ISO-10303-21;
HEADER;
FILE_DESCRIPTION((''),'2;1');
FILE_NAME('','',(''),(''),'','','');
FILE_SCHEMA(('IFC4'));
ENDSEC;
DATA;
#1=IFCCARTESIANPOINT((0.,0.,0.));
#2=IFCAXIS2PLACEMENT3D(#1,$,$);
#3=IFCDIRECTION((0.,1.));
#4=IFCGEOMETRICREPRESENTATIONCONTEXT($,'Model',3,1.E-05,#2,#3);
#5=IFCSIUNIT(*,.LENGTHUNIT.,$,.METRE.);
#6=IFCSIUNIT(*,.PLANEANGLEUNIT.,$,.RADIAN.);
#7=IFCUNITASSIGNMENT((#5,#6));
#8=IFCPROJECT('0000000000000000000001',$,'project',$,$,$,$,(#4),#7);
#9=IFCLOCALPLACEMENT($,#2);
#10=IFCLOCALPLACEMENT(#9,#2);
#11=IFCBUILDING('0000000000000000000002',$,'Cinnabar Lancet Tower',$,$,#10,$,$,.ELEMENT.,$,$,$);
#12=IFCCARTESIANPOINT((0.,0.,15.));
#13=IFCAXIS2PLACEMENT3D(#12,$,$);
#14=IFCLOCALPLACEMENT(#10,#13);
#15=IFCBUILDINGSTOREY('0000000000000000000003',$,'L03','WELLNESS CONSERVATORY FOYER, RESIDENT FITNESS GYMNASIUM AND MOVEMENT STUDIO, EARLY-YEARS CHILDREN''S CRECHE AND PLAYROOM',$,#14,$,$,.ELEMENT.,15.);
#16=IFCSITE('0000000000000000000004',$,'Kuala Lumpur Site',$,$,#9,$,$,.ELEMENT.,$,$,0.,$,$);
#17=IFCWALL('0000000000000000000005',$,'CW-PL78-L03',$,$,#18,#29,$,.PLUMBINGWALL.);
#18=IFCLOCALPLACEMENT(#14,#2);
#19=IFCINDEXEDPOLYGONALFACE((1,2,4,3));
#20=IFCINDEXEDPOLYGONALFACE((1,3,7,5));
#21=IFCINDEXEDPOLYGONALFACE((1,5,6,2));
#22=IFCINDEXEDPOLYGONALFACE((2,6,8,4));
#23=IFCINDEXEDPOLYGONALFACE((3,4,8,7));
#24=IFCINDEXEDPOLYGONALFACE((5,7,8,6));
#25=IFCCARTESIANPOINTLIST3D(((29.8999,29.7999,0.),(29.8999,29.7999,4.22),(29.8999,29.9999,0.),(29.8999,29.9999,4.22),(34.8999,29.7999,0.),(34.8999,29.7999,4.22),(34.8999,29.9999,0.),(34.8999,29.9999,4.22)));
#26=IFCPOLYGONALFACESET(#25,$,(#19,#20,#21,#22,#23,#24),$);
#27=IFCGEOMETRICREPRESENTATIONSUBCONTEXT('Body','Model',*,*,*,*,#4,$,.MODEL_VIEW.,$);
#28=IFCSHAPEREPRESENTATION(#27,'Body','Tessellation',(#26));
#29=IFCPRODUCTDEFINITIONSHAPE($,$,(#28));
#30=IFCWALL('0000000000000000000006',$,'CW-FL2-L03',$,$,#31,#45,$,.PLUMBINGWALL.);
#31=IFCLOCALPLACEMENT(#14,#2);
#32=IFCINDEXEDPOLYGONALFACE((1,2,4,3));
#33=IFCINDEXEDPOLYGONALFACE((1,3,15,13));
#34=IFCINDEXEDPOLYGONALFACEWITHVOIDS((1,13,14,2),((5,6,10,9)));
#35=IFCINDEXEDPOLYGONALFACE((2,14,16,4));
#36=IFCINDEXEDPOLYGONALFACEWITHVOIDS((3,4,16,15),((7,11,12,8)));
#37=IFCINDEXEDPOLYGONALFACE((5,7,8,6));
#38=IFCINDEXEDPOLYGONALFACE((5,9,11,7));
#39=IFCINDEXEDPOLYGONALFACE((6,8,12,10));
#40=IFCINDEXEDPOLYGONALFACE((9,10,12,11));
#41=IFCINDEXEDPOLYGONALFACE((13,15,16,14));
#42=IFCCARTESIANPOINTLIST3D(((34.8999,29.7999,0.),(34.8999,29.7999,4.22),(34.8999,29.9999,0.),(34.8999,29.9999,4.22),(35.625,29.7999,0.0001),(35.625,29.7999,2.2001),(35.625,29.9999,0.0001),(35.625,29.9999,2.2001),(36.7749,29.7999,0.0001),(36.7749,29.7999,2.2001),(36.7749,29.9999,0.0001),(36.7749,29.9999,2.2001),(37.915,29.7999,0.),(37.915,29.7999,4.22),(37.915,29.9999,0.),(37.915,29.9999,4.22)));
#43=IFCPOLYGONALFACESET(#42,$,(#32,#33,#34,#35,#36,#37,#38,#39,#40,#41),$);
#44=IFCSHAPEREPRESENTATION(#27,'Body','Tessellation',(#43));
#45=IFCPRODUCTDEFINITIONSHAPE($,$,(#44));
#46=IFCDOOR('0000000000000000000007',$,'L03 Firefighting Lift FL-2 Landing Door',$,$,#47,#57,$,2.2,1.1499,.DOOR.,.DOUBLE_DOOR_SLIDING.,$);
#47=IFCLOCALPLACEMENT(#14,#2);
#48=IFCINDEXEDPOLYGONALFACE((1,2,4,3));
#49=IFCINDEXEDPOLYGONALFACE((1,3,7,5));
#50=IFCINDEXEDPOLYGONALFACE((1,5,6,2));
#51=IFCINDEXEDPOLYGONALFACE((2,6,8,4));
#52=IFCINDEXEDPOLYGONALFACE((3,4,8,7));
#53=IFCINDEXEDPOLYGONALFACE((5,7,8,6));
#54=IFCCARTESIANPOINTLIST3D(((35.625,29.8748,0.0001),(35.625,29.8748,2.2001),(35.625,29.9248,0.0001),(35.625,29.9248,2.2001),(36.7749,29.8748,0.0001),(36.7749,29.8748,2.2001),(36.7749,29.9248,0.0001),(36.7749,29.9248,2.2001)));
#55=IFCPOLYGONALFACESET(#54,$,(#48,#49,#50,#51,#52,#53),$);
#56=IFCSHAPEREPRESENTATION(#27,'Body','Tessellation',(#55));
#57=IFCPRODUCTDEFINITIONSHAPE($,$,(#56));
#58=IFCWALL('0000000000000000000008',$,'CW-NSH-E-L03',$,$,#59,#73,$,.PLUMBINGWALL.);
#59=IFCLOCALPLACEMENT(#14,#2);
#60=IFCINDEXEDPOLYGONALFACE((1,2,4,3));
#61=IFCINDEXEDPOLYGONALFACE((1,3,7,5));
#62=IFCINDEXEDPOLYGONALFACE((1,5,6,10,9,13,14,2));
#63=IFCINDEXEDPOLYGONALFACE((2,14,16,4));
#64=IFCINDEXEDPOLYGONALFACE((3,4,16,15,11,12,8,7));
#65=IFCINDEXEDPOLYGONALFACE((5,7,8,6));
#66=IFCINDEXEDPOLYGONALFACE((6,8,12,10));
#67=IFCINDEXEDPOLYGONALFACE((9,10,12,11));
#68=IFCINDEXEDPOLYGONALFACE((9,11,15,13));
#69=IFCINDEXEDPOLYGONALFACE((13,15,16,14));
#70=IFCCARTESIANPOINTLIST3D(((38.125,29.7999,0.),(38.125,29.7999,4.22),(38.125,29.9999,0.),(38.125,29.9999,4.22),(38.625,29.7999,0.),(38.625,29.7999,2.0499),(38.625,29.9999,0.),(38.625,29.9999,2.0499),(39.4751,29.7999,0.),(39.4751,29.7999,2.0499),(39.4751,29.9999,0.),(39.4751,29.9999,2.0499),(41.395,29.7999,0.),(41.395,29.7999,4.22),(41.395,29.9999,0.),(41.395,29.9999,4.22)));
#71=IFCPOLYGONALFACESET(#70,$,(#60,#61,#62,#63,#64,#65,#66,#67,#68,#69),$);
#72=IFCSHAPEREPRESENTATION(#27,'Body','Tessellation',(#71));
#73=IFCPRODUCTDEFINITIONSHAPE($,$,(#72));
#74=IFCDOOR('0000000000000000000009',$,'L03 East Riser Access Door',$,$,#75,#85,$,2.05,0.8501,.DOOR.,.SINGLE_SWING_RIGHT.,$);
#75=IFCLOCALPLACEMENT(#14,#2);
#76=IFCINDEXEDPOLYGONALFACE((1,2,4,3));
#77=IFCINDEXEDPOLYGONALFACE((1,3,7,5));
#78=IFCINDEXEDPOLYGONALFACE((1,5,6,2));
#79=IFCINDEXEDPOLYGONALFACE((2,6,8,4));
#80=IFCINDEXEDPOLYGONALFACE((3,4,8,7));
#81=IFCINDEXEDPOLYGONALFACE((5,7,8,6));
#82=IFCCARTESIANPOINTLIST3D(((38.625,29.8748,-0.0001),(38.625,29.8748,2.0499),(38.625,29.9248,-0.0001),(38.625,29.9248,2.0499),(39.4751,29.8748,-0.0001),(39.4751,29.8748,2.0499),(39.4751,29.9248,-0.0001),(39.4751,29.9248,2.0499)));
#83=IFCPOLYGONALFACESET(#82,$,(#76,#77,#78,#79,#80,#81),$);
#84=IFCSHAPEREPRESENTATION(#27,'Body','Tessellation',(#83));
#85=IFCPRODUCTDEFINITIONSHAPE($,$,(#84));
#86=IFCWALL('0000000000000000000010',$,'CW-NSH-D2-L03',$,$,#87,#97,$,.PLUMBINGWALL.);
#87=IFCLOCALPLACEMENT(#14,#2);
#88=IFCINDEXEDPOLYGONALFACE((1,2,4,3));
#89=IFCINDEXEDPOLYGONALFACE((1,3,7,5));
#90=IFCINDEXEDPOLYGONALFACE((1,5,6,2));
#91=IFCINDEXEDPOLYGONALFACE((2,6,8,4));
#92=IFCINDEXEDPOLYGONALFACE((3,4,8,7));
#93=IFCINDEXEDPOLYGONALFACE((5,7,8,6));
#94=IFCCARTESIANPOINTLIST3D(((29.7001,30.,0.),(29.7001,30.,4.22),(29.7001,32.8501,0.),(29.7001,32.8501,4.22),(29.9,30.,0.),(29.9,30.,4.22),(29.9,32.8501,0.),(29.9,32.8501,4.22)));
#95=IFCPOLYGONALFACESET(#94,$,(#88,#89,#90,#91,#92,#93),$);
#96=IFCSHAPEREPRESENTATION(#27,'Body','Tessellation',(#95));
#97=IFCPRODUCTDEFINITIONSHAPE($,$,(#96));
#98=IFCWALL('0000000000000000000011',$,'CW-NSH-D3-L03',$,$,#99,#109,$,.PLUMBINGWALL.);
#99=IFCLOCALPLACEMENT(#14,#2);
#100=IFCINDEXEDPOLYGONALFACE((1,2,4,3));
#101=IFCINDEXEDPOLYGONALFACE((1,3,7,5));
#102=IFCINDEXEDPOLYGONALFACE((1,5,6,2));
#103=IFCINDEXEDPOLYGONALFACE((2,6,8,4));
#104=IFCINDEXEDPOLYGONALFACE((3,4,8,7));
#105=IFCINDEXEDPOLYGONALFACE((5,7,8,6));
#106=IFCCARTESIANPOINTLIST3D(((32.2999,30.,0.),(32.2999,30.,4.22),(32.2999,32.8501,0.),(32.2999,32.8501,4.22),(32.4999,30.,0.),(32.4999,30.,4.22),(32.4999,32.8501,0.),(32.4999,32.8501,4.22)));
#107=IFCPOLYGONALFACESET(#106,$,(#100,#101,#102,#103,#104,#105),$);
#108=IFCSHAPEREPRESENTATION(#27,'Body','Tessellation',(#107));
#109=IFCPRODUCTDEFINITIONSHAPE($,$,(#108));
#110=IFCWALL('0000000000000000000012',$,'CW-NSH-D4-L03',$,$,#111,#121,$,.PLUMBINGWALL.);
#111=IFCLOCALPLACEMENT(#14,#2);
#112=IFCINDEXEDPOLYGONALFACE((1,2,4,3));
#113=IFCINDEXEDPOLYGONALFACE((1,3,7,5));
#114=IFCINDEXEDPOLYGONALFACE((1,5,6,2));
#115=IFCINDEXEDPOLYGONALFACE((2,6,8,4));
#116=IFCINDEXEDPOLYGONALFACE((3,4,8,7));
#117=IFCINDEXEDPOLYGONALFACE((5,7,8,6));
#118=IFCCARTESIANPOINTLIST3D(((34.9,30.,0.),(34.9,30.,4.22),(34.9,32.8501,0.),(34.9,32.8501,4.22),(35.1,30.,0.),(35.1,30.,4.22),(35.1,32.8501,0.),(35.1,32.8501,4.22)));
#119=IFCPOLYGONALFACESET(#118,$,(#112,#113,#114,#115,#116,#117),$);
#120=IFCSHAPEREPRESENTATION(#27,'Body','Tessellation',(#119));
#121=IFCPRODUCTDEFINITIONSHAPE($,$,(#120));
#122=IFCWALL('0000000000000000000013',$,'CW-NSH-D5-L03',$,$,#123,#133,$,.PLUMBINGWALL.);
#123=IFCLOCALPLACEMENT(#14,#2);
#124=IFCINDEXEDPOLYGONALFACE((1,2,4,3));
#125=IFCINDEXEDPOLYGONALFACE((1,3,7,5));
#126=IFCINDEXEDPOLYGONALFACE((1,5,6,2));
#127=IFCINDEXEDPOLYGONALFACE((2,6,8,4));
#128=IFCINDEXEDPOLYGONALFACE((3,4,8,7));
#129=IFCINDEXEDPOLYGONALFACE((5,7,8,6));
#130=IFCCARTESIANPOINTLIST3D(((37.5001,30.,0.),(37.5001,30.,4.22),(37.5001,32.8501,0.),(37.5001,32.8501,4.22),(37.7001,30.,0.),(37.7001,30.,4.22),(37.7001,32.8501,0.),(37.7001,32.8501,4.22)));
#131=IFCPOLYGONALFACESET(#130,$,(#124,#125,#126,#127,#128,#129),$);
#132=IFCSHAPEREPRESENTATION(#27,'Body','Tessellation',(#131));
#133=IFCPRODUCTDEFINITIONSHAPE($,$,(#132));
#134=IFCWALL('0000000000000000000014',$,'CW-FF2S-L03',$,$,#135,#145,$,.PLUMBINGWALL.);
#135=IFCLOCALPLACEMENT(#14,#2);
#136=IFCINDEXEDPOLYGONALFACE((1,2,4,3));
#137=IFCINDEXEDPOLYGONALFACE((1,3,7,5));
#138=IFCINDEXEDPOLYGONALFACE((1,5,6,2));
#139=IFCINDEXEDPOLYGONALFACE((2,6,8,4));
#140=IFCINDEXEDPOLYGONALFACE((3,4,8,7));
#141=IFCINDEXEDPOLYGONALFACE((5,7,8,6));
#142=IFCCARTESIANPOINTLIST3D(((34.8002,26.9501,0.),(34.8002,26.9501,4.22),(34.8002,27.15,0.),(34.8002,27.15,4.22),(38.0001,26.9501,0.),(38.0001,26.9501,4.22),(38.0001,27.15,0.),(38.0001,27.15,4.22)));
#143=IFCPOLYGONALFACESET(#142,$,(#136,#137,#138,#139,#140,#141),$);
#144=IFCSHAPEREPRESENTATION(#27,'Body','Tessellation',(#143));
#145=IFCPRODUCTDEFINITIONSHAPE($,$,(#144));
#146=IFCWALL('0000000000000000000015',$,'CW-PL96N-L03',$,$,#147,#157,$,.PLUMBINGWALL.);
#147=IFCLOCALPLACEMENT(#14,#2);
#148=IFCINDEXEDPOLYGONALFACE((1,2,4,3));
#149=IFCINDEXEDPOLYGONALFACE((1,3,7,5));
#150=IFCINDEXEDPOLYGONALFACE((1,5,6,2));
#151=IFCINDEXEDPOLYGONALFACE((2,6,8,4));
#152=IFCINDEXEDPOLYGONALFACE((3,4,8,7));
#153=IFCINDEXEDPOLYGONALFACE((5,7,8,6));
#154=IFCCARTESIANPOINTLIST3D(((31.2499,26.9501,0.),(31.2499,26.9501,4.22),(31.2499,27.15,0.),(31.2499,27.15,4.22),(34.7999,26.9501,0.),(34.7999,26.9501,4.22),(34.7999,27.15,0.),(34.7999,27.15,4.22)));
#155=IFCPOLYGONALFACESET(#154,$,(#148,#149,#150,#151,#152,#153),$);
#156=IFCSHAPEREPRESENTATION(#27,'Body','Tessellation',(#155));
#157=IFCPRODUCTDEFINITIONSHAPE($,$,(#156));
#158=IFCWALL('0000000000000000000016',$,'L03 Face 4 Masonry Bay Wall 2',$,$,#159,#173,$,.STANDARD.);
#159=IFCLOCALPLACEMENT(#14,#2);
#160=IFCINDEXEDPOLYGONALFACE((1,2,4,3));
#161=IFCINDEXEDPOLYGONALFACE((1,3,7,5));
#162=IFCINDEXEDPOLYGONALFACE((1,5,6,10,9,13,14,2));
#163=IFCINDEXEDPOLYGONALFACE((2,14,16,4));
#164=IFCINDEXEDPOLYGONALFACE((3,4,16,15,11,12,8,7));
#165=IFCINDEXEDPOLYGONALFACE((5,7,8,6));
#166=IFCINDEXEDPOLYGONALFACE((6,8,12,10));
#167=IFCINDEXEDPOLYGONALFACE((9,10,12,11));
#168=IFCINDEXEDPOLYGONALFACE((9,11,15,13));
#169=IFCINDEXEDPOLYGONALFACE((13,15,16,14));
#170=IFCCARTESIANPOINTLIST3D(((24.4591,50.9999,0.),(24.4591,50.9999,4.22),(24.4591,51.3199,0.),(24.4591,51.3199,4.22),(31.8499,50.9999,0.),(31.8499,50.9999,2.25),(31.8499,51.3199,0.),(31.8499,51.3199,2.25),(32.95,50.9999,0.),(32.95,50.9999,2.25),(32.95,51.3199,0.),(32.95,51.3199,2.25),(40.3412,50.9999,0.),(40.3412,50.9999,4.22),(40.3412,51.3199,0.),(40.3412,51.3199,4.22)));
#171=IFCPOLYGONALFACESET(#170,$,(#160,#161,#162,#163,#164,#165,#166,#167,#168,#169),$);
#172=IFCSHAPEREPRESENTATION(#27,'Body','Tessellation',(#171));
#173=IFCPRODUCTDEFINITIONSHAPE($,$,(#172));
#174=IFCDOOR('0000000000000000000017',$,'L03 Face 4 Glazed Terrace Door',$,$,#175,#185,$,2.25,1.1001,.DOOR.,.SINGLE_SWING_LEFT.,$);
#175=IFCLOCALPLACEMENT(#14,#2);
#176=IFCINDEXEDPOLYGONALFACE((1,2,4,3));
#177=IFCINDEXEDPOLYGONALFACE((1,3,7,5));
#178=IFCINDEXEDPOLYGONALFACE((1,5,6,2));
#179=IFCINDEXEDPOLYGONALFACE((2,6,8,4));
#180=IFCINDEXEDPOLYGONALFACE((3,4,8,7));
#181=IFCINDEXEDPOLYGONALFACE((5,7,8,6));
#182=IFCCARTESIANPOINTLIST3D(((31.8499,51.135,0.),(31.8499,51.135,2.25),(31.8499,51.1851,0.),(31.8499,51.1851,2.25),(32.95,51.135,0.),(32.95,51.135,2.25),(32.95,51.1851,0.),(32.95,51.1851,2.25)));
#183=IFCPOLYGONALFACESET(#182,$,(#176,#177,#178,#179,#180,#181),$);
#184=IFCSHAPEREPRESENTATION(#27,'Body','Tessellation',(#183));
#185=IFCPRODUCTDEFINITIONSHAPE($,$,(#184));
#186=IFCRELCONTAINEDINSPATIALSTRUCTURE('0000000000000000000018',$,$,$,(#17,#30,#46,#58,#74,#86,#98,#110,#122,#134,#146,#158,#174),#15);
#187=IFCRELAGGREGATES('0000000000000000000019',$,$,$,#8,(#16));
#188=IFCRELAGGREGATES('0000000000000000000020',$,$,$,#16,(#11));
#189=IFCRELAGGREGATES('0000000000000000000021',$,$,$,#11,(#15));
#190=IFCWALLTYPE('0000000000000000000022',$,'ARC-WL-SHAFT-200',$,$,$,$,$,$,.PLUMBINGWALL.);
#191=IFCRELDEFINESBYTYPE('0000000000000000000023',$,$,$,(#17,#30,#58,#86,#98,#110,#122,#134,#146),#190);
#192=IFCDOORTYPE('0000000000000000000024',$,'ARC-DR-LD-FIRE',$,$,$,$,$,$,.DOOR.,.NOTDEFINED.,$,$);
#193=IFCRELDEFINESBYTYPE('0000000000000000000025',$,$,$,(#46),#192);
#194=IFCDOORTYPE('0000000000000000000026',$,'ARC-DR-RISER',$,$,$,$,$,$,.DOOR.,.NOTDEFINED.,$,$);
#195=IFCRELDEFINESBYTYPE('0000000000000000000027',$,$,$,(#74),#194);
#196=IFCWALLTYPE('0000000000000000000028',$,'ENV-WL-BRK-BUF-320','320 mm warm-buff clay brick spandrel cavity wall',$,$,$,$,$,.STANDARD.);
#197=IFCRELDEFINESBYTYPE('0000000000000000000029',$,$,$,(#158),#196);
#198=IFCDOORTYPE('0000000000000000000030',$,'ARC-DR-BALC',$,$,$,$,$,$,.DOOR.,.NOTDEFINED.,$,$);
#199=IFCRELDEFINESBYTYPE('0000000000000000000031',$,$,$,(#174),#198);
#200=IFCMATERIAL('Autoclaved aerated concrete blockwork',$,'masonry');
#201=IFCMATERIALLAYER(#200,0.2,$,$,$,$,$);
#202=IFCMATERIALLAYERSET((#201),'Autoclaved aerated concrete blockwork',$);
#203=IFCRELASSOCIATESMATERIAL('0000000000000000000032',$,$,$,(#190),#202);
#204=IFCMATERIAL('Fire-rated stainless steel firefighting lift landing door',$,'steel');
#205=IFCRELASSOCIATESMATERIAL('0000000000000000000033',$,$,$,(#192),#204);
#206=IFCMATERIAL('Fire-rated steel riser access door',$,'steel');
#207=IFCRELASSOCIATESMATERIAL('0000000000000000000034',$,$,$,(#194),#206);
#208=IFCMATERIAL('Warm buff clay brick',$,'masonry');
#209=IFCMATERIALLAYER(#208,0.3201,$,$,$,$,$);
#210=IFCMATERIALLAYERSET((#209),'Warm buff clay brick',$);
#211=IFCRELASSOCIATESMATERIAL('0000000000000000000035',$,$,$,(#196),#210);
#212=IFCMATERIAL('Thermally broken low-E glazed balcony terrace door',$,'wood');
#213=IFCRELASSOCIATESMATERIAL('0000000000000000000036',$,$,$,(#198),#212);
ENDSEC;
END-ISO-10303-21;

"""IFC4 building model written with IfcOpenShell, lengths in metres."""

from ifc_helpers import new_model, si_unit, direction, frame, frame_2d, origin, place, context, subcontext, project, spatial, rectangle, extrude, material, layer, layer_set, type_object, element, fill, save


model = new_model("IFC4")

# Units and contexts
model_context = context("Model", 3, precision=1e-05, world=origin(), true_north=direction((0.0, 1.0)))
body_context = subcontext(model_context, "Body", "Model", "MODEL_VIEW")
ifc_project = project(units=[si_unit("LENGTHUNIT", "METRE"), si_unit("PLANEANGLEUNIT", "RADIAN")], contexts=[model_context])

# Site, building, storey
site_placement = place(None, origin())
site = spatial("IfcSite", under=ifc_project, at=site_placement, Name="Kuala Lumpur Site", CompositionType="ELEMENT", RefElevation=0.0)
building_placement = place(site_placement, origin())
building = spatial("IfcBuilding", under=site, at=building_placement, Name="Cinnabar Lancet Tower", CompositionType="ELEMENT")
storey_placement = place(building_placement, frame((0.0, 0.0, 15.0)))
storey = spatial("IfcBuildingStorey", under=building, at=storey_placement, Name="L03", Description="WELLNESS CONSERVATORY FOYER, RESIDENT FITNESS GYMNASIUM AND MOVEMENT STUDIO, EARLY-YEARS CHILDREN'S CRECHE AND PLAYROOM", CompositionType="ELEMENT", Elevation=15.0)

# Wall
ifc_material_1 = material(Name="Autoclaved aerated concrete blockwork", Category="masonry")
ifc_layer_1 = layer(ifc_material_1, 0.2)
ifc_layer_set_1 = layer_set([ifc_layer_1], Name="Autoclaved aerated concrete blockwork")
wall_type_1 = type_object("IfcWallType", Name="ARC-WL-SHAFT-200", PredefinedType="PLUMBINGWALL", material=ifc_layer_set_1)
wall_1_placement = place(storey_placement, frame((29.8999, 29.8999, 0.0), z_axis=(0.0, 0.0, 1.0), x_axis=(1.0, 0.0, 0.0)))
element("IfcWall", 1, at=wall_1_placement, inside=storey, type_object=wall_type_1, Name="CW-PL78-L03", PredefinedType="PLUMBINGWALL", context=body_context, shape_type="SweptSolid", body=[
    extrude(rectangle(XDim=5.0, YDim=0.2, at=frame_2d((2.5, 0.0))), origin(), (0.0, 0.0, 1.0), 4.22),
])

# Walls, openings, doors
wall_2_placement = place(storey_placement, frame((34.8999, 29.8999, 0.0), z_axis=(0.0, 0.0, 1.0), x_axis=(1.0, 0.0, 0.0)))
wall_2 = element("IfcWall", 2, at=wall_2_placement, inside=storey, type_object=wall_type_1, Name="CW-FL2-L03", PredefinedType="PLUMBINGWALL", context=body_context, shape_type="SweptSolid", body=[
    extrude(rectangle(XDim=3.0151, YDim=0.2, at=frame_2d((1.5076, 0.0))), origin(), (0.0, 0.0, 1.0), 4.22),
])
opening_1_placement = place(wall_2_placement, frame((0.7251, 0.0, 0.0)))
opening_1 = element("IfcOpeningElement", 3, at=opening_1_placement, cuts=wall_2, PredefinedType="OPENING", context=body_context, shape_type="SweptSolid", body=[
    extrude(rectangle(XDim=1.1499, YDim=2.2, at=frame_2d((0.575, 1.1001))), frame((0.0, 0.1099, 0.0), z_axis=(0.0, -1.0, 0.0), x_axis=(1.0, 0.0, 0.0)), (0.0, 0.0, 1.0), 0.22),
])
ifc_material_2 = material(Name="Fire-rated stainless steel firefighting lift landing door", Category="steel")
door_type_1 = type_object("IfcDoorType", Name="ARC-DR-LD-FIRE", OperationType="NOTDEFINED", PredefinedType="DOOR", material=ifc_material_2)
door_1_placement = place(opening_1_placement, origin())
door_1 = element("IfcDoor", 4, at=door_1_placement, inside=storey, type_object=door_type_1, Name="L03 Firefighting Lift FL-2 Landing Door", OperationType="DOUBLE_DOOR_SLIDING", OverallHeight=2.2, OverallWidth=1.1499, PredefinedType="DOOR", context=body_context, shape_type="SweptSolid", body=[
    extrude(rectangle(XDim=1.1499, YDim=2.2, at=frame_2d((0.575, 1.1001))), frame((0.0, 0.0249, 0.0), z_axis=(0.0, -1.0, 0.0), x_axis=(1.0, 0.0, 0.0)), (0.0, 0.0, 1.0), 0.05),
])
fill(opening_1, door_1)
wall_3_placement = place(storey_placement, frame((38.125, 29.8999, 0.0), z_axis=(0.0, 0.0, 1.0), x_axis=(1.0, 0.0, 0.0)))
wall_3 = element("IfcWall", 5, at=wall_3_placement, inside=storey, type_object=wall_type_1, Name="CW-NSH-E-L03", PredefinedType="PLUMBINGWALL", context=body_context, shape_type="SweptSolid", body=[
    extrude(rectangle(XDim=3.27, YDim=0.2, at=frame_2d((1.635, 0.0))), origin(), (0.0, 0.0, 1.0), 4.22),
])
opening_2_placement = place(wall_3_placement, frame((0.5, 0.0, 0.0)))
opening_2 = element("IfcOpeningElement", 6, at=opening_2_placement, cuts=wall_3, PredefinedType="OPENING", context=body_context, shape_type="SweptSolid", body=[
    extrude(rectangle(XDim=0.8501, YDim=2.05, at=frame_2d((0.425, 1.0249))), frame((0.0, 0.1099, 0.0), z_axis=(0.0, -1.0, 0.0), x_axis=(1.0, 0.0, 0.0)), (0.0, 0.0, 1.0), 0.22),
])
ifc_material_3 = material(Name="Fire-rated steel riser access door", Category="steel")
door_type_2 = type_object("IfcDoorType", Name="ARC-DR-RISER", OperationType="NOTDEFINED", PredefinedType="DOOR", material=ifc_material_3)
door_2_placement = place(opening_2_placement, origin())
door_2 = element("IfcDoor", 7, at=door_2_placement, inside=storey, type_object=door_type_2, Name="L03 East Riser Access Door", OperationType="SINGLE_SWING_RIGHT", OverallHeight=2.05, OverallWidth=0.8501, PredefinedType="DOOR", context=body_context, shape_type="SweptSolid", body=[
    extrude(rectangle(XDim=0.8501, YDim=2.05, at=frame_2d((0.425, 1.0249))), frame((0.0, 0.0249, 0.0), z_axis=(0.0, -1.0, 0.0), x_axis=(1.0, 0.0, 0.0)), (0.0, 0.0, 1.0), 0.05),
])
fill(opening_2, door_2)

# Walls
for number, where, z_axis, x_axis, name in (
    (8, (29.8, 30.0, 0.0), (0.0, 0.0, 1.0), (0.0, 1.0, 0.0), "CW-NSH-D2-L03"),
    (9, (32.3999, 30.0, 0.0), (0.0, 0.0, 1.0), (0.0, 1.0, 0.0), "CW-NSH-D3-L03"),
    (10, (35.0, 30.0, 0.0), (0.0, 0.0, 1.0), (0.0, 1.0, 0.0), "CW-NSH-D4-L03"),
    (11, (37.6001, 30.0, 0.0), (0.0, 0.0, 1.0), (0.0, 1.0, 0.0), "CW-NSH-D5-L03"),
):
    element("IfcWall", number, at=place(storey_placement, frame(where, z_axis=z_axis, x_axis=x_axis)), inside=storey, type_object=wall_type_1, Name=name, PredefinedType="PLUMBINGWALL", context=body_context, shape_type="SweptSolid", body=[
        extrude(rectangle(XDim=2.8501, YDim=0.2, at=frame_2d((1.425, 0.0))), origin(), (0.0, 0.0, 1.0), 4.22),
    ])

# Walls
wall_4_placement = place(storey_placement, frame((34.8, 27.05, 0.0), z_axis=(0.0, 0.0, 1.0), x_axis=(1.0, 0.0, 0.0)))
element("IfcWall", 12, at=wall_4_placement, inside=storey, type_object=wall_type_1, Name="CW-FF2S-L03", PredefinedType="PLUMBINGWALL", context=body_context, shape_type="SweptSolid", body=[
    extrude(rectangle(XDim=3.2, YDim=0.2, at=frame_2d((1.6001, 0.0))), origin(), (0.0, 0.0, 1.0), 4.22),
])
wall_5_placement = place(storey_placement, frame((31.25, 27.05, 0.0), z_axis=(0.0, 0.0, 1.0), x_axis=(1.0, 0.0, 0.0)))
element("IfcWall", 13, at=wall_5_placement, inside=storey, type_object=wall_type_1, Name="CW-PL96N-L03", PredefinedType="PLUMBINGWALL", context=body_context, shape_type="SweptSolid", body=[
    extrude(rectangle(XDim=3.55, YDim=0.2, at=frame_2d((1.7749, 0.0))), origin(), (0.0, 0.0, 1.0), 4.22),
])

# Wall, opening, door
ifc_material_4 = material(Name="Warm buff clay brick", Category="masonry")
ifc_layer_2 = layer(ifc_material_4, 0.3201)
ifc_layer_set_2 = layer_set([ifc_layer_2], Name="Warm buff clay brick")
wall_type_2 = type_object("IfcWallType", Name="ENV-WL-BRK-BUF-320", Description="320 mm warm-buff clay brick spandrel cavity wall", PredefinedType="STANDARD", material=ifc_layer_set_2)
wall_6_placement = place(storey_placement, frame((40.3411, 51.1599, 0.0), z_axis=(0.0, 0.0, 1.0), x_axis=(-1.0, 0.0, 0.0)))
wall_6 = element("IfcWall", 14, at=wall_6_placement, inside=storey, type_object=wall_type_2, Name="L03 Face 4 Masonry Bay Wall 2", PredefinedType="STANDARD", context=body_context, shape_type="SweptSolid", body=[
    extrude(rectangle(XDim=15.8821, YDim=0.3201, at=frame_2d((7.9409, 0.0))), origin(), (0.0, 0.0, 1.0), 4.22),
])
opening_3_placement = place(wall_6_placement, frame((7.3911, 0.0, 0.0)))
opening_3 = element("IfcOpeningElement", 15, at=opening_3_placement, cuts=wall_6, PredefinedType="OPENING", context=body_context, shape_type="SweptSolid", body=[
    extrude(rectangle(XDim=1.1001, YDim=2.25, at=frame_2d((0.55, 1.125))), frame((0.0, 0.1699, 0.0), z_axis=(0.0, -1.0, 0.0), x_axis=(1.0, 0.0, 0.0)), (0.0, 0.0, 1.0), 0.3401),
])
ifc_material_5 = material(Name="Thermally broken low-E glazed balcony terrace door", Category="wood")
door_type_3 = type_object("IfcDoorType", Name="ARC-DR-BALC", OperationType="NOTDEFINED", PredefinedType="DOOR", material=ifc_material_5)
door_3_placement = place(opening_3_placement, origin())
door_3 = element("IfcDoor", 16, at=door_3_placement, inside=storey, type_object=door_type_3, Name="L03 Face 4 Glazed Terrace Door", OperationType="SINGLE_SWING_LEFT", OverallHeight=2.25, OverallWidth=1.1001, PredefinedType="DOOR", context=body_context, shape_type="SweptSolid", body=[
    extrude(rectangle(XDim=1.1001, YDim=2.25, at=frame_2d((0.55, 1.125))), frame((0.0, 0.0249, 0.0), z_axis=(0.0, -1.0, 0.0), x_axis=(1.0, 0.0, 0.0)), (0.0, 0.0, 1.0), 0.05),
])
fill(opening_3, door_3)

save(model, "model.ifc")
